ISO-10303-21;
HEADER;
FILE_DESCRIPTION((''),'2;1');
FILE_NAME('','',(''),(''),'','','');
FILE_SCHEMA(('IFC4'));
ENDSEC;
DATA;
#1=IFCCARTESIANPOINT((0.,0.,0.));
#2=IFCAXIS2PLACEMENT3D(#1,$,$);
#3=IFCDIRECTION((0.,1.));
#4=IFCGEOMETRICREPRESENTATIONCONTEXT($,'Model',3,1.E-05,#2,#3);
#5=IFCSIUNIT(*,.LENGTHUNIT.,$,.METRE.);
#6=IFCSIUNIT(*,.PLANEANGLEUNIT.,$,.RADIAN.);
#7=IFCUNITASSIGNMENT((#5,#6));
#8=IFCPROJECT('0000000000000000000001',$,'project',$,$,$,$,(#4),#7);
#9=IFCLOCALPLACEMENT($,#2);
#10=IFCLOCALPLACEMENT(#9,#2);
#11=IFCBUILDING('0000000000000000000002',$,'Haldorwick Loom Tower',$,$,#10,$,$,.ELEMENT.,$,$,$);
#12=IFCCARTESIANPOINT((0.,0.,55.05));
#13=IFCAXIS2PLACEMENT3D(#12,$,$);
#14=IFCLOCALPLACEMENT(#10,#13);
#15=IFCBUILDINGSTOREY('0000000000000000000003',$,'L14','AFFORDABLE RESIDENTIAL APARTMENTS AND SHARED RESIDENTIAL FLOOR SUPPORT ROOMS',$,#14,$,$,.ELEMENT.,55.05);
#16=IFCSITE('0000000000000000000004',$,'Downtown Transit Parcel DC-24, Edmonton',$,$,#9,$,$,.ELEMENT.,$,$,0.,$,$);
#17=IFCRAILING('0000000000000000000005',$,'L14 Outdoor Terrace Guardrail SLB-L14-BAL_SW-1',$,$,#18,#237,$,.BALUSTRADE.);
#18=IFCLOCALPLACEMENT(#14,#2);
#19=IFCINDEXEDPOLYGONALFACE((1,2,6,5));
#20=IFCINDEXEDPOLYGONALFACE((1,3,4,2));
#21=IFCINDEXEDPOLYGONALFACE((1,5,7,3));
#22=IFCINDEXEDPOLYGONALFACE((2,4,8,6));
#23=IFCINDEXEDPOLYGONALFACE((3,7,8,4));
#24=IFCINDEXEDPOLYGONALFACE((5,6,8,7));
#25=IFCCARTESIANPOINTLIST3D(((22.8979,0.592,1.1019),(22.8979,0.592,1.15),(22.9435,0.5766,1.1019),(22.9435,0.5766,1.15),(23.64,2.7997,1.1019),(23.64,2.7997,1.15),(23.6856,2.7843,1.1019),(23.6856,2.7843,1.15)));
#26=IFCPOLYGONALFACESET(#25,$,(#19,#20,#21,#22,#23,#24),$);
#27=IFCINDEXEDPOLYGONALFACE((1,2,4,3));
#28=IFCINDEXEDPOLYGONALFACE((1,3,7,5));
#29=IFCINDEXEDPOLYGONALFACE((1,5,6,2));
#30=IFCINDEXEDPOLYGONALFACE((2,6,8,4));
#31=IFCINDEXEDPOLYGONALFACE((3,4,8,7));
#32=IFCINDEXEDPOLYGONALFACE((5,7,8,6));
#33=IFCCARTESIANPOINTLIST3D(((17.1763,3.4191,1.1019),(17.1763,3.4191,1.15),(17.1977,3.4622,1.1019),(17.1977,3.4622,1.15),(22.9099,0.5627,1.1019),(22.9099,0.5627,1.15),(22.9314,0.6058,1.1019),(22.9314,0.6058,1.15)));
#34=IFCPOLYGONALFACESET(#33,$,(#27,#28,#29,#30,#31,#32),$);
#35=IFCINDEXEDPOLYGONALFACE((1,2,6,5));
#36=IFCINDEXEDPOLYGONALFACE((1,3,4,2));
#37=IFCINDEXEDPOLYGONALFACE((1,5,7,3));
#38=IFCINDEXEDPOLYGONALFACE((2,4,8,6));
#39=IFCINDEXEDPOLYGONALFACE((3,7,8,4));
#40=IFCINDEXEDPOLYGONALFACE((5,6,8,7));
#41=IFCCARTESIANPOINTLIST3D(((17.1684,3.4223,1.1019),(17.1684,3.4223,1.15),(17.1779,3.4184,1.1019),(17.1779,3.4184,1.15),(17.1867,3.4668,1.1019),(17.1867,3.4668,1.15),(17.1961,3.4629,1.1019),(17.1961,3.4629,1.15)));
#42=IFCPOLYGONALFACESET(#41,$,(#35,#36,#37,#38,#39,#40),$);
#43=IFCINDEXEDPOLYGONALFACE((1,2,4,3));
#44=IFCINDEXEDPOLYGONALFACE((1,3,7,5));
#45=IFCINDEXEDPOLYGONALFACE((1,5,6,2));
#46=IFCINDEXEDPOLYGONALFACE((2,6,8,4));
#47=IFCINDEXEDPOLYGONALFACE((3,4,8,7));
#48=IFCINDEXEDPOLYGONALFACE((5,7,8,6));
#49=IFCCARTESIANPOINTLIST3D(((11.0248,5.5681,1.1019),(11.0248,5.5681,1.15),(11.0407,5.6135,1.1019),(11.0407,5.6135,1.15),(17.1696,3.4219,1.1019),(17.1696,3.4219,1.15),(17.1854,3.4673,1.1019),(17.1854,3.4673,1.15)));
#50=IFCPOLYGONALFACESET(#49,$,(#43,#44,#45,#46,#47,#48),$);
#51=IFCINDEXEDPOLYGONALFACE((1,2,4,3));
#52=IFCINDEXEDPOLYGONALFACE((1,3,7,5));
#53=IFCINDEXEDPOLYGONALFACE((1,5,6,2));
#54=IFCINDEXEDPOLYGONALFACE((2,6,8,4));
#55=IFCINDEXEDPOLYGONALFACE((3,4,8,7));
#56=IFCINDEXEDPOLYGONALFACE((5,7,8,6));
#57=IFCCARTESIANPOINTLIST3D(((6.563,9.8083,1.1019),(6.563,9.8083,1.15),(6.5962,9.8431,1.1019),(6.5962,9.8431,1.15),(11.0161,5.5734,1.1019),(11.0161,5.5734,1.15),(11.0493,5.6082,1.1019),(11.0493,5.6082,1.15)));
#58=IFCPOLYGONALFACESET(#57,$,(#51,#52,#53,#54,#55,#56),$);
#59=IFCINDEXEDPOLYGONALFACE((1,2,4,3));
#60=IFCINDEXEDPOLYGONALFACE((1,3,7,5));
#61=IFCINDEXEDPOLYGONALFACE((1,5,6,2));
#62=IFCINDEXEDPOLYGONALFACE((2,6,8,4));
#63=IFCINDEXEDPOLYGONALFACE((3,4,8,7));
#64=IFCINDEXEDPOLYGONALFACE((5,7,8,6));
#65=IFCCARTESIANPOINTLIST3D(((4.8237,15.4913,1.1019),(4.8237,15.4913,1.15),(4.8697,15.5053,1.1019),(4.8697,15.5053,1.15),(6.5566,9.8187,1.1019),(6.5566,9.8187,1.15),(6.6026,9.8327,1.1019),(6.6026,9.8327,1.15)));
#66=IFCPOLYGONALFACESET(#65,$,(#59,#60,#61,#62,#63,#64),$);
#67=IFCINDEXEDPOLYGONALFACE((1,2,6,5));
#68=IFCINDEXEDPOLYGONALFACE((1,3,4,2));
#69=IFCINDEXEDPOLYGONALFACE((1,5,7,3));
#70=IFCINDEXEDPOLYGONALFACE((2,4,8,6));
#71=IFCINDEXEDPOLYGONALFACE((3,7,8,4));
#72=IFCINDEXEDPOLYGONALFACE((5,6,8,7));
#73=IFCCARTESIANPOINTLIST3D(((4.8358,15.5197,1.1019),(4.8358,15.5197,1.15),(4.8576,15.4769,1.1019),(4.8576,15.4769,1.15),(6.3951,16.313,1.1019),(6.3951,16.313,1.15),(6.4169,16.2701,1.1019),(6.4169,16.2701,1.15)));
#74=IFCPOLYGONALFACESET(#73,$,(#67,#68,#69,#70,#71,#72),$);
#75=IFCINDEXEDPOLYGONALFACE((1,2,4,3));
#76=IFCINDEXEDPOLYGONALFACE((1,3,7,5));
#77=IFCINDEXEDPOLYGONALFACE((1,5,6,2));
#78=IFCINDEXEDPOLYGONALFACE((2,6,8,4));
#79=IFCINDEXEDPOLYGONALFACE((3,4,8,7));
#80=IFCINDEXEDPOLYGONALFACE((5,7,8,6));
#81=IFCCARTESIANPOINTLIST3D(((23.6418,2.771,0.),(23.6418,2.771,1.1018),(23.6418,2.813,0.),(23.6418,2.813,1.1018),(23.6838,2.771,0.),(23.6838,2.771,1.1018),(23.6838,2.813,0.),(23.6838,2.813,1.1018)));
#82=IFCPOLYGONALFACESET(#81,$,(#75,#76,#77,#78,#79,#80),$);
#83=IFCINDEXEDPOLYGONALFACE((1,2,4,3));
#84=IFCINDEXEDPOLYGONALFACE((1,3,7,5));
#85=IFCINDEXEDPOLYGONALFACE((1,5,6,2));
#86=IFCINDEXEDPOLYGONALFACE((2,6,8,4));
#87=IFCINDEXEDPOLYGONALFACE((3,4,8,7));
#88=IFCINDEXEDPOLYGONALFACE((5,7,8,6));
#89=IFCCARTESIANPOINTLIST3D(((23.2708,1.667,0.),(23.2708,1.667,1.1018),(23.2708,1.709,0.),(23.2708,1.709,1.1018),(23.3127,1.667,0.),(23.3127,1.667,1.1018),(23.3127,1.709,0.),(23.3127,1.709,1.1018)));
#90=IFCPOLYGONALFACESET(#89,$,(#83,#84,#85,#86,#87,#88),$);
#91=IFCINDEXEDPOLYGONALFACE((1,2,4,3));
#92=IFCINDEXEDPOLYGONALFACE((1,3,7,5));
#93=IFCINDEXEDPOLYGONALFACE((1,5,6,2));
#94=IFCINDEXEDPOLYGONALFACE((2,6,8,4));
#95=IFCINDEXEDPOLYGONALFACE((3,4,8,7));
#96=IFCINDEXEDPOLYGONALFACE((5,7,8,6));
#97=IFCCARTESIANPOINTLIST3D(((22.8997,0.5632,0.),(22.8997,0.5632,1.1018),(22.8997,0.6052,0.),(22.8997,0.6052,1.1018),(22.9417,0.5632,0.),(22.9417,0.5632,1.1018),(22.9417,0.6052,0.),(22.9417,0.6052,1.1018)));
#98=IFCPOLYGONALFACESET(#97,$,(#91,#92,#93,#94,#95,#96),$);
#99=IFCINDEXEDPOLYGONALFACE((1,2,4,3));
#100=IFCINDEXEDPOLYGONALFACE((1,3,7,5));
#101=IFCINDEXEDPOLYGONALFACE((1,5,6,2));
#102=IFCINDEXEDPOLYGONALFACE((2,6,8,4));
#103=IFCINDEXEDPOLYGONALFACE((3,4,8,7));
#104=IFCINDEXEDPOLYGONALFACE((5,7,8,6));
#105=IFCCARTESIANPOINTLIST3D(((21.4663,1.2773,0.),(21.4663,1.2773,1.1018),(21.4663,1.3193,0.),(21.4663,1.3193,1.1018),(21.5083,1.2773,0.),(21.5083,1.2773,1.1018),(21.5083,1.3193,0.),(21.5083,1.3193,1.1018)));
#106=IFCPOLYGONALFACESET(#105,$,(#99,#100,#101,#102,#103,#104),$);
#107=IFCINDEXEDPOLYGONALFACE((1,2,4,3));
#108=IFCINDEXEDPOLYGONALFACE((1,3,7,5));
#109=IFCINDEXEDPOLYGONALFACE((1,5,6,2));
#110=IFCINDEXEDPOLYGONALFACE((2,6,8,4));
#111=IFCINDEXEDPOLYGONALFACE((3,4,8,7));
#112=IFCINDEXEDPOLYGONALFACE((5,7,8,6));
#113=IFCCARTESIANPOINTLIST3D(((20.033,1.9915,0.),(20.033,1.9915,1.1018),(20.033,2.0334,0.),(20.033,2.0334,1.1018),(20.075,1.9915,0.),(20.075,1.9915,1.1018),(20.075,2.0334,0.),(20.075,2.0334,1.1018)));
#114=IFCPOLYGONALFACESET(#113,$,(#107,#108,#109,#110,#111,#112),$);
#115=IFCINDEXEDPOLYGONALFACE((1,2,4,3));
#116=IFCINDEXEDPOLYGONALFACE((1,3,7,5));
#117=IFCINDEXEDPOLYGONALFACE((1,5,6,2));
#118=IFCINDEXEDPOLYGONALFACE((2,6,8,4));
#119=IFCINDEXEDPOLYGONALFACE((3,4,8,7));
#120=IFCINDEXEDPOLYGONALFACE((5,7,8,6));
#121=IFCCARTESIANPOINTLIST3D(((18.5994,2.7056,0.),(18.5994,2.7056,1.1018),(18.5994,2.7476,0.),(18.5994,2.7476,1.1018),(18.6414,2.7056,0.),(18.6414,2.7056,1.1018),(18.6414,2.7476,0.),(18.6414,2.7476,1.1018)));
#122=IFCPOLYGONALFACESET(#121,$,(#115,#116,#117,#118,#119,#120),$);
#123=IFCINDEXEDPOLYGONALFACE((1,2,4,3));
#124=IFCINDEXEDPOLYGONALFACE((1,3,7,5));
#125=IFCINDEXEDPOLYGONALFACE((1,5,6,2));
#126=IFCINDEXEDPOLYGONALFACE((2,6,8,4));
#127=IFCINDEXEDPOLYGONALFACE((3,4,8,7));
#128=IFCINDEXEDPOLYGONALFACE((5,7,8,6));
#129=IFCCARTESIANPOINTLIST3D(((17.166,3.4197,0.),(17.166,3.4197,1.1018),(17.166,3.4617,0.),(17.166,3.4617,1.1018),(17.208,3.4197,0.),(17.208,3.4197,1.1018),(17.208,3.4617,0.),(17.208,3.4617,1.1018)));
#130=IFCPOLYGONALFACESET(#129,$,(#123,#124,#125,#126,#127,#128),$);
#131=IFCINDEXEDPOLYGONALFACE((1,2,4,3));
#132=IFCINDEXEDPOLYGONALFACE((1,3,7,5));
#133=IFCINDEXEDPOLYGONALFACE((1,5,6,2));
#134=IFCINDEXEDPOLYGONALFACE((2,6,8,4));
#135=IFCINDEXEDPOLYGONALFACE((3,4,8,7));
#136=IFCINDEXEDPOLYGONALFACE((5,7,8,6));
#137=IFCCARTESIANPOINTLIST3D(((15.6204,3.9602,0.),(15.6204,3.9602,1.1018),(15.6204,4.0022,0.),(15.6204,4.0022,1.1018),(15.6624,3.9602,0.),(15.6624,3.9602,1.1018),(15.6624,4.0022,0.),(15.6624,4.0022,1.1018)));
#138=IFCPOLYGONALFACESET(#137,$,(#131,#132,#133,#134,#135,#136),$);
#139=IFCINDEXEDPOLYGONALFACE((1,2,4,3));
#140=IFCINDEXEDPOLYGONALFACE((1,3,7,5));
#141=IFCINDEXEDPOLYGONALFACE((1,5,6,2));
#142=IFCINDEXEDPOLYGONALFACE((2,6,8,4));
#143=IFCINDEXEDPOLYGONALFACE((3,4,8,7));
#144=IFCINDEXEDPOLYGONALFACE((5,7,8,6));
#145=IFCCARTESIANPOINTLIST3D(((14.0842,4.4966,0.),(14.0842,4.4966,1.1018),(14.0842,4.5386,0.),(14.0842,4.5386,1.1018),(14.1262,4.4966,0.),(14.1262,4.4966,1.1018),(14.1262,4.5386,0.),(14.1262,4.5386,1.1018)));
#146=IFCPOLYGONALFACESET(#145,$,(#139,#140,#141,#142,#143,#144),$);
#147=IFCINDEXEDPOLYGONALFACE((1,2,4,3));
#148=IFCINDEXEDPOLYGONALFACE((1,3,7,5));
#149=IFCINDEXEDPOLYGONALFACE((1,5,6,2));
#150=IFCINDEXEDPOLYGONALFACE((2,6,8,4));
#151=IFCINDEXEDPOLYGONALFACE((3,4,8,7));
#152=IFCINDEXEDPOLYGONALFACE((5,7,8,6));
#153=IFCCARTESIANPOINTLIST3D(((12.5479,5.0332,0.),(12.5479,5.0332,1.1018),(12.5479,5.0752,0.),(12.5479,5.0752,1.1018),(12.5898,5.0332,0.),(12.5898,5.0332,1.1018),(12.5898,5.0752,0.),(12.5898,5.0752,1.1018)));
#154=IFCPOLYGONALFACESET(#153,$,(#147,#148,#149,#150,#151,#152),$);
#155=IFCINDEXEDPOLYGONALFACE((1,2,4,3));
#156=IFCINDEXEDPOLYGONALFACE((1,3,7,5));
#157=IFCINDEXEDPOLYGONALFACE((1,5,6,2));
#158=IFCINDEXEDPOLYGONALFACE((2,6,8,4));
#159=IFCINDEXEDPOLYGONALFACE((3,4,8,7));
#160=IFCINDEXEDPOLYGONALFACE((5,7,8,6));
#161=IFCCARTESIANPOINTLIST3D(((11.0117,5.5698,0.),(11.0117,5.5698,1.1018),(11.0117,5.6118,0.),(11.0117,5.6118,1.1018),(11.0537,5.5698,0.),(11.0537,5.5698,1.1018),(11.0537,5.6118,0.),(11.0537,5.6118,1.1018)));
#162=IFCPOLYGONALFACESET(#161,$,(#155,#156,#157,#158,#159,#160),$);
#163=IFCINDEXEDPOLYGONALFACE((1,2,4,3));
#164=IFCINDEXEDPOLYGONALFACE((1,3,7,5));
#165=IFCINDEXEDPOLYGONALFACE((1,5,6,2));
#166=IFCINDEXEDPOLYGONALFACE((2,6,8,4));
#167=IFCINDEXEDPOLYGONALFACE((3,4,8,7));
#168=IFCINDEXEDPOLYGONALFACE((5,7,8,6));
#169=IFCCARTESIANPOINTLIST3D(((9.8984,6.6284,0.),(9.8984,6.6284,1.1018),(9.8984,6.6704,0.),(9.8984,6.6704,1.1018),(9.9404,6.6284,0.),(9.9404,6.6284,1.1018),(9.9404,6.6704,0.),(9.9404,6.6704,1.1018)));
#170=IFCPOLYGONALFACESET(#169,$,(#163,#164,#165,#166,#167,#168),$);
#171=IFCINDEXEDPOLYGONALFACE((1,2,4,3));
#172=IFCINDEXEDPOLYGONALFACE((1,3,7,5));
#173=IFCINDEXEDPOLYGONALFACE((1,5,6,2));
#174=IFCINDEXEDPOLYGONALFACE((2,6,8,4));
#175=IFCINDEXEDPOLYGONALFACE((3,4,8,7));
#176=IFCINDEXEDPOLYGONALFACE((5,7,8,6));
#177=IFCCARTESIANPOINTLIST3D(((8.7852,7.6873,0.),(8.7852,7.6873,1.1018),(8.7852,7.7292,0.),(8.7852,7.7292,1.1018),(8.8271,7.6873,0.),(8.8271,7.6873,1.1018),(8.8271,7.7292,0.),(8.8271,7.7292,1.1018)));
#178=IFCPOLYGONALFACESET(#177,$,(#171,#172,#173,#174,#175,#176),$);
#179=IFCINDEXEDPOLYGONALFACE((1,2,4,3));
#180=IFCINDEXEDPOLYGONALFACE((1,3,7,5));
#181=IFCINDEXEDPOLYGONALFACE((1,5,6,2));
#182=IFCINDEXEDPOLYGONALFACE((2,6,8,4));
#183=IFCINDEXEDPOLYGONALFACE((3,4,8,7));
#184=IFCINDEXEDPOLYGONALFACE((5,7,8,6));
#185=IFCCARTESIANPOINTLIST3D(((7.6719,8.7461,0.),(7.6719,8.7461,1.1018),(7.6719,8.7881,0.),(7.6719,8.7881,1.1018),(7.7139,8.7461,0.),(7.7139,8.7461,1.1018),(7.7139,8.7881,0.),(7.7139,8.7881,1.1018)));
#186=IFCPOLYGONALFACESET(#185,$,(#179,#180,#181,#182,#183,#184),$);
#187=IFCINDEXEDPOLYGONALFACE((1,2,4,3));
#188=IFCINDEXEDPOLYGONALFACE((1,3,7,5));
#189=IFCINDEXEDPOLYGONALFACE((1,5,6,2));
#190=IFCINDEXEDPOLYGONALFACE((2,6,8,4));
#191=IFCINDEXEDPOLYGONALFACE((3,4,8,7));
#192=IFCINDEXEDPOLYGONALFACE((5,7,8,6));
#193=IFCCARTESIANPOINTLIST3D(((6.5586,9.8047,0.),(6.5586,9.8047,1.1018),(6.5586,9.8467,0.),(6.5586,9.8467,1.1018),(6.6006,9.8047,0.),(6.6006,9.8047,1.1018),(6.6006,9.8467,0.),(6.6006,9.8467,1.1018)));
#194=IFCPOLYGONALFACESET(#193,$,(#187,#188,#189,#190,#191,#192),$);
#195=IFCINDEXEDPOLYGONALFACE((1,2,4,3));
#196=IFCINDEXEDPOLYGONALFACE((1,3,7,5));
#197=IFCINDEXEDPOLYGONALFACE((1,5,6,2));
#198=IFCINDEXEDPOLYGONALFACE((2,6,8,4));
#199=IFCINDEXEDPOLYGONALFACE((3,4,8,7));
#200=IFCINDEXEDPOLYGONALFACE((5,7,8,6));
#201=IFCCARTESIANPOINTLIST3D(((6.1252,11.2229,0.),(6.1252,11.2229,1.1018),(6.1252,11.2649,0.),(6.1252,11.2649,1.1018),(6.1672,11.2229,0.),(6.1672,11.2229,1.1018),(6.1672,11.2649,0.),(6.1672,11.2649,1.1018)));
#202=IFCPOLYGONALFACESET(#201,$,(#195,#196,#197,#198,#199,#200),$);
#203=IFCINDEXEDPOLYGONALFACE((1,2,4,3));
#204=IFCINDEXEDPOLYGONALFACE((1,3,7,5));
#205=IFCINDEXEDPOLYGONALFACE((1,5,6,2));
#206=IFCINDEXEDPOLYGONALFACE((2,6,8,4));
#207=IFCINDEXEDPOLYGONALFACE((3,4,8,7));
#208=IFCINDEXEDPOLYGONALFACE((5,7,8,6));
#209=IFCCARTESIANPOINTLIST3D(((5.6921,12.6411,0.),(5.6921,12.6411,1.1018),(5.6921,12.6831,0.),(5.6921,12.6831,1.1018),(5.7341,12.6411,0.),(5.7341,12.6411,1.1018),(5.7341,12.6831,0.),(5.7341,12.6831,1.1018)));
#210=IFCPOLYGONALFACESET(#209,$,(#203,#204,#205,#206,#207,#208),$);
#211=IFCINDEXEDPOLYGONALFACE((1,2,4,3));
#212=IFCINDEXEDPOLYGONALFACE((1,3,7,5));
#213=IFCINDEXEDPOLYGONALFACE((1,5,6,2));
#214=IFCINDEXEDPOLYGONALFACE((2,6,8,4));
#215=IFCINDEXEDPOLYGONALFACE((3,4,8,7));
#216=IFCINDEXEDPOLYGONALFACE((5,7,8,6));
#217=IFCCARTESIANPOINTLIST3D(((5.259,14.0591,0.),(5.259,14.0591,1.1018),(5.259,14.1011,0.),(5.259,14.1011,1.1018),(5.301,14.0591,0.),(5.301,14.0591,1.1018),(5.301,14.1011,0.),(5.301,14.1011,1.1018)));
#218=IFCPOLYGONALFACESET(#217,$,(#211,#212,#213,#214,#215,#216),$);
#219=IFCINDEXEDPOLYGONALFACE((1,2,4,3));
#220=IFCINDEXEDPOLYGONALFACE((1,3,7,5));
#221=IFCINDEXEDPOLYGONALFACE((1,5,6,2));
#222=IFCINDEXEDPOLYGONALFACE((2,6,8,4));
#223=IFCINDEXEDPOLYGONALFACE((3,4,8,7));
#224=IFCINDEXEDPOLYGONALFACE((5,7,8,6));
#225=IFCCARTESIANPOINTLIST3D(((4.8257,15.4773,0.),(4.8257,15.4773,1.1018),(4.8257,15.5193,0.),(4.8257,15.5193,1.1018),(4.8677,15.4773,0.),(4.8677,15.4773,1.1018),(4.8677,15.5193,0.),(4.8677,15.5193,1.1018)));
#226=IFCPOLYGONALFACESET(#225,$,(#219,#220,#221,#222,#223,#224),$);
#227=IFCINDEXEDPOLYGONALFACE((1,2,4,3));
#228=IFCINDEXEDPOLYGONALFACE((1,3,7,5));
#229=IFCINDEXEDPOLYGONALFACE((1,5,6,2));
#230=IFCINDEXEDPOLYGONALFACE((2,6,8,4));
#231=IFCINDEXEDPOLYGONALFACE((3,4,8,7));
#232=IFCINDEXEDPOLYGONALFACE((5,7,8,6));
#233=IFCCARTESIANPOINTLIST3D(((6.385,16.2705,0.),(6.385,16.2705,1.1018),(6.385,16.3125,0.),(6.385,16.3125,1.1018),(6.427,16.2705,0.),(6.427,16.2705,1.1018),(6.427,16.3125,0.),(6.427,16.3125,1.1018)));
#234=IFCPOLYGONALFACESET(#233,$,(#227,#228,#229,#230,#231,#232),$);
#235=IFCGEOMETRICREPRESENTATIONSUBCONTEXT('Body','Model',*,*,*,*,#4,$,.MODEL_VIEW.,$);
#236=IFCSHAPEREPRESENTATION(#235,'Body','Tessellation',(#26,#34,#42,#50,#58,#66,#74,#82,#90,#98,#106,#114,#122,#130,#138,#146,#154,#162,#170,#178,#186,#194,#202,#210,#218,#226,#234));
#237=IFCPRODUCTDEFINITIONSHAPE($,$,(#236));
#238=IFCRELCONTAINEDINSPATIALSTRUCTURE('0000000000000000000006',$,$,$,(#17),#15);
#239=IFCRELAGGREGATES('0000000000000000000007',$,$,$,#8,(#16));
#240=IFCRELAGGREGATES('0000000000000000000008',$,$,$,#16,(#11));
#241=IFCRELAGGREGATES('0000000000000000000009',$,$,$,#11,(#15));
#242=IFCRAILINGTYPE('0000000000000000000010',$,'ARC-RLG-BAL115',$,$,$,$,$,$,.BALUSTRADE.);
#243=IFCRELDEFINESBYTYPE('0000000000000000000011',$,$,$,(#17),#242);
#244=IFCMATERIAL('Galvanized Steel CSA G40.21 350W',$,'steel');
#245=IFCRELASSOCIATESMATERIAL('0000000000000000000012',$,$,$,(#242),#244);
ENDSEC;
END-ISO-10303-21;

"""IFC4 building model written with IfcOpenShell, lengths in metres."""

from ifc_helpers import new_model, si_unit, direction, frame, origin, origin_2d, place, context, subcontext, project, spatial, rectangle, extrude, material, type_object, element, save


model = new_model("IFC4")

# Units and contexts
model_context = context("Model", 3, precision=1e-05, world=origin(), true_north=direction((0.0, 1.0)))
body_context = subcontext(model_context, "Body", "Model", "MODEL_VIEW")
ifc_project = project(units=[si_unit("LENGTHUNIT", "METRE"), si_unit("PLANEANGLEUNIT", "RADIAN")], contexts=[model_context])

# Site, building, storey
site_placement = place(None, origin())
site = spatial("IfcSite", under=ifc_project, at=site_placement, Name="Downtown Transit Parcel DC-24, Edmonton", CompositionType="ELEMENT", RefElevation=0.0)
building_placement = place(site_placement, origin())
building = spatial("IfcBuilding", under=site, at=building_placement, Name="Haldorwick Loom Tower", CompositionType="ELEMENT")
storey_placement = place(building_placement, frame((0.0, 0.0, 55.05)))
storey = spatial("IfcBuildingStorey", under=building, at=storey_placement, Name="L14", Description="AFFORDABLE RESIDENTIAL APARTMENTS AND SHARED RESIDENTIAL FLOOR SUPPORT ROOMS", CompositionType="ELEMENT", Elevation=55.05)

# Railing
ifc_material_1 = material(Name="Galvanized Steel CSA G40.21 350W", Category="steel")
railing_type = type_object("IfcRailingType", Name="ARC-RLG-BAL115", PredefinedType="BALUSTRADE", material=ifc_material_1)
railing_placement = place(storey_placement, frame((23.6628, 2.792, 0.0)))
element("IfcRailing", 1, at=railing_placement, inside=storey, type_object=railing_type, Name="L14 Outdoor Terrace Guardrail SLB-L14-BAL_SW-1", PredefinedType="BALUSTRADE", context=body_context, shape_type="SweptSolid", body=[
    extrude(rectangle(XDim=0.0481, YDim=0.0481, at=origin_2d()), frame((0.0, 0.0, 1.126), z_axis=(-0.318648, -0.947873, 0.0), x_axis=(0.947873, -0.318648, 0.0)), (0.0, 0.0, 1.0), 2.3291),
    extrude(rectangle(XDim=0.0481, YDim=0.0481, at=origin_2d()), frame((-0.7422, -2.2078, 1.126), z_axis=(-0.895074, 0.445917, 0.0), x_axis=(-0.445917, -0.895074, 0.0)), (0.0, 0.0, 1.0), 6.4058),
    extrude(rectangle(XDim=0.0481, YDim=0.0481, at=origin_2d()), frame((-6.4758, 0.6487, 1.126), z_axis=(-0.925169, 0.379556, 0.0), x_axis=(-0.379556, -0.925169, 0.0)), (0.0, 0.0, 1.0), 0.0103),
    extrude(rectangle(XDim=0.0481, YDim=0.0481, at=origin_2d()), frame((-6.4854, 0.6526, 1.126), z_axis=(-0.94407, 0.329744, 0.0), x_axis=(-0.329744, -0.94407, 0.0)), (0.0, 0.0, 1.0), 6.5088),
    extrude(rectangle(XDim=0.0481, YDim=0.0481, at=origin_2d()), frame((-12.6301, 2.7988, 1.126), z_axis=(-0.724642, 0.689125, 0.0), x_axis=(-0.689125, -0.724642, 0.0)), (0.0, 0.0, 1.0), 6.1453),
    extrude(rectangle(XDim=0.0481, YDim=0.0481, at=origin_2d()), frame((-17.0833, 7.0337, 1.126), z_axis=(-0.292159, 0.95637, 0.0), x_axis=(-0.95637, -0.292159, 0.0)), (0.0, 0.0, 1.0), 5.9314),
    extrude(rectangle(XDim=0.0481, YDim=0.0481, at=origin_2d()), frame((-18.8162, 12.7063, 1.126), z_axis=(0.891308, 0.453399, 0.0), x_axis=(-0.453399, 0.891308, 0.0)), (0.0, 0.0, 1.0), 1.7495),
    extrude(rectangle(XDim=0.042, YDim=0.042, at=origin_2d()), origin(), (0.0, 0.0, 1.0), 1.1018),
    extrude(rectangle(XDim=0.042, YDim=0.042, at=origin_2d()), frame((-0.3711, -1.104, 0.0)), (0.0, 0.0, 1.0), 1.1018),
    extrude(rectangle(XDim=0.042, YDim=0.042, at=origin_2d()), frame((-0.7422, -2.2078, 0.0)), (0.0, 0.0, 1.0), 1.1018),
    extrude(rectangle(XDim=0.042, YDim=0.042, at=origin_2d()), frame((-2.1755, -1.4937, 0.0)), (0.0, 0.0, 1.0), 1.1018),
    extrude(rectangle(XDim=0.042, YDim=0.042, at=origin_2d()), frame((-3.6089, -0.7795, 0.0)), (0.0, 0.0, 1.0), 1.1018),
    extrude(rectangle(XDim=0.042, YDim=0.042, at=origin_2d()), frame((-5.0425, -0.0654, 0.0)), (0.0, 0.0, 1.0), 1.1018),
    extrude(rectangle(XDim=0.042, YDim=0.042, at=origin_2d()), frame((-6.4758, 0.6487, 0.0)), (0.0, 0.0, 1.0), 1.1018),
    extrude(rectangle(XDim=0.042, YDim=0.042, at=origin_2d()), frame((-8.0215, 1.1892, 0.0)), (0.0, 0.0, 1.0), 1.1018),
    extrude(rectangle(XDim=0.042, YDim=0.042, at=origin_2d()), frame((-9.5576, 1.7256, 0.0)), (0.0, 0.0, 1.0), 1.1018),
    extrude(rectangle(XDim=0.042, YDim=0.042, at=origin_2d()), frame((-11.094, 2.2622, 0.0)), (0.0, 0.0, 1.0), 1.1018),
    extrude(rectangle(XDim=0.042, YDim=0.042, at=origin_2d()), frame((-12.6301, 2.7988, 0.0)), (0.0, 0.0, 1.0), 1.1018),
    extrude(rectangle(XDim=0.042, YDim=0.042, at=origin_2d()), frame((-13.7434, 3.8574, 0.0)), (0.0, 0.0, 1.0), 1.1018),
    extrude(rectangle(XDim=0.042, YDim=0.042, at=origin_2d()), frame((-14.8567, 4.9163, 0.0)), (0.0, 0.0, 1.0), 1.1018),
    extrude(rectangle(XDim=0.042, YDim=0.042, at=origin_2d()), frame((-15.97, 5.9751, 0.0)), (0.0, 0.0, 1.0), 1.1018),
    extrude(rectangle(XDim=0.042, YDim=0.042, at=origin_2d()), frame((-17.0833, 7.0337, 0.0)), (0.0, 0.0, 1.0), 1.1018),
    extrude(rectangle(XDim=0.042, YDim=0.042, at=origin_2d()), frame((-17.5166, 8.4519, 0.0)), (0.0, 0.0, 1.0), 1.1018),
    extrude(rectangle(XDim=0.042, YDim=0.042, at=origin_2d()), frame((-17.9497, 9.8701, 0.0)), (0.0, 0.0, 1.0), 1.1018),
    extrude(rectangle(XDim=0.042, YDim=0.042, at=origin_2d()), frame((-18.3828, 11.2881, 0.0)), (0.0, 0.0, 1.0), 1.1018),
    extrude(rectangle(XDim=0.042, YDim=0.042, at=origin_2d()), frame((-18.8162, 12.7063, 0.0)), (0.0, 0.0, 1.0), 1.1018),
    extrude(rectangle(XDim=0.042, YDim=0.042, at=origin_2d()), frame((-17.2568, 13.4995, 0.0)), (0.0, 0.0, 1.0), 1.1018),
])

save(model, "model.ifc")
